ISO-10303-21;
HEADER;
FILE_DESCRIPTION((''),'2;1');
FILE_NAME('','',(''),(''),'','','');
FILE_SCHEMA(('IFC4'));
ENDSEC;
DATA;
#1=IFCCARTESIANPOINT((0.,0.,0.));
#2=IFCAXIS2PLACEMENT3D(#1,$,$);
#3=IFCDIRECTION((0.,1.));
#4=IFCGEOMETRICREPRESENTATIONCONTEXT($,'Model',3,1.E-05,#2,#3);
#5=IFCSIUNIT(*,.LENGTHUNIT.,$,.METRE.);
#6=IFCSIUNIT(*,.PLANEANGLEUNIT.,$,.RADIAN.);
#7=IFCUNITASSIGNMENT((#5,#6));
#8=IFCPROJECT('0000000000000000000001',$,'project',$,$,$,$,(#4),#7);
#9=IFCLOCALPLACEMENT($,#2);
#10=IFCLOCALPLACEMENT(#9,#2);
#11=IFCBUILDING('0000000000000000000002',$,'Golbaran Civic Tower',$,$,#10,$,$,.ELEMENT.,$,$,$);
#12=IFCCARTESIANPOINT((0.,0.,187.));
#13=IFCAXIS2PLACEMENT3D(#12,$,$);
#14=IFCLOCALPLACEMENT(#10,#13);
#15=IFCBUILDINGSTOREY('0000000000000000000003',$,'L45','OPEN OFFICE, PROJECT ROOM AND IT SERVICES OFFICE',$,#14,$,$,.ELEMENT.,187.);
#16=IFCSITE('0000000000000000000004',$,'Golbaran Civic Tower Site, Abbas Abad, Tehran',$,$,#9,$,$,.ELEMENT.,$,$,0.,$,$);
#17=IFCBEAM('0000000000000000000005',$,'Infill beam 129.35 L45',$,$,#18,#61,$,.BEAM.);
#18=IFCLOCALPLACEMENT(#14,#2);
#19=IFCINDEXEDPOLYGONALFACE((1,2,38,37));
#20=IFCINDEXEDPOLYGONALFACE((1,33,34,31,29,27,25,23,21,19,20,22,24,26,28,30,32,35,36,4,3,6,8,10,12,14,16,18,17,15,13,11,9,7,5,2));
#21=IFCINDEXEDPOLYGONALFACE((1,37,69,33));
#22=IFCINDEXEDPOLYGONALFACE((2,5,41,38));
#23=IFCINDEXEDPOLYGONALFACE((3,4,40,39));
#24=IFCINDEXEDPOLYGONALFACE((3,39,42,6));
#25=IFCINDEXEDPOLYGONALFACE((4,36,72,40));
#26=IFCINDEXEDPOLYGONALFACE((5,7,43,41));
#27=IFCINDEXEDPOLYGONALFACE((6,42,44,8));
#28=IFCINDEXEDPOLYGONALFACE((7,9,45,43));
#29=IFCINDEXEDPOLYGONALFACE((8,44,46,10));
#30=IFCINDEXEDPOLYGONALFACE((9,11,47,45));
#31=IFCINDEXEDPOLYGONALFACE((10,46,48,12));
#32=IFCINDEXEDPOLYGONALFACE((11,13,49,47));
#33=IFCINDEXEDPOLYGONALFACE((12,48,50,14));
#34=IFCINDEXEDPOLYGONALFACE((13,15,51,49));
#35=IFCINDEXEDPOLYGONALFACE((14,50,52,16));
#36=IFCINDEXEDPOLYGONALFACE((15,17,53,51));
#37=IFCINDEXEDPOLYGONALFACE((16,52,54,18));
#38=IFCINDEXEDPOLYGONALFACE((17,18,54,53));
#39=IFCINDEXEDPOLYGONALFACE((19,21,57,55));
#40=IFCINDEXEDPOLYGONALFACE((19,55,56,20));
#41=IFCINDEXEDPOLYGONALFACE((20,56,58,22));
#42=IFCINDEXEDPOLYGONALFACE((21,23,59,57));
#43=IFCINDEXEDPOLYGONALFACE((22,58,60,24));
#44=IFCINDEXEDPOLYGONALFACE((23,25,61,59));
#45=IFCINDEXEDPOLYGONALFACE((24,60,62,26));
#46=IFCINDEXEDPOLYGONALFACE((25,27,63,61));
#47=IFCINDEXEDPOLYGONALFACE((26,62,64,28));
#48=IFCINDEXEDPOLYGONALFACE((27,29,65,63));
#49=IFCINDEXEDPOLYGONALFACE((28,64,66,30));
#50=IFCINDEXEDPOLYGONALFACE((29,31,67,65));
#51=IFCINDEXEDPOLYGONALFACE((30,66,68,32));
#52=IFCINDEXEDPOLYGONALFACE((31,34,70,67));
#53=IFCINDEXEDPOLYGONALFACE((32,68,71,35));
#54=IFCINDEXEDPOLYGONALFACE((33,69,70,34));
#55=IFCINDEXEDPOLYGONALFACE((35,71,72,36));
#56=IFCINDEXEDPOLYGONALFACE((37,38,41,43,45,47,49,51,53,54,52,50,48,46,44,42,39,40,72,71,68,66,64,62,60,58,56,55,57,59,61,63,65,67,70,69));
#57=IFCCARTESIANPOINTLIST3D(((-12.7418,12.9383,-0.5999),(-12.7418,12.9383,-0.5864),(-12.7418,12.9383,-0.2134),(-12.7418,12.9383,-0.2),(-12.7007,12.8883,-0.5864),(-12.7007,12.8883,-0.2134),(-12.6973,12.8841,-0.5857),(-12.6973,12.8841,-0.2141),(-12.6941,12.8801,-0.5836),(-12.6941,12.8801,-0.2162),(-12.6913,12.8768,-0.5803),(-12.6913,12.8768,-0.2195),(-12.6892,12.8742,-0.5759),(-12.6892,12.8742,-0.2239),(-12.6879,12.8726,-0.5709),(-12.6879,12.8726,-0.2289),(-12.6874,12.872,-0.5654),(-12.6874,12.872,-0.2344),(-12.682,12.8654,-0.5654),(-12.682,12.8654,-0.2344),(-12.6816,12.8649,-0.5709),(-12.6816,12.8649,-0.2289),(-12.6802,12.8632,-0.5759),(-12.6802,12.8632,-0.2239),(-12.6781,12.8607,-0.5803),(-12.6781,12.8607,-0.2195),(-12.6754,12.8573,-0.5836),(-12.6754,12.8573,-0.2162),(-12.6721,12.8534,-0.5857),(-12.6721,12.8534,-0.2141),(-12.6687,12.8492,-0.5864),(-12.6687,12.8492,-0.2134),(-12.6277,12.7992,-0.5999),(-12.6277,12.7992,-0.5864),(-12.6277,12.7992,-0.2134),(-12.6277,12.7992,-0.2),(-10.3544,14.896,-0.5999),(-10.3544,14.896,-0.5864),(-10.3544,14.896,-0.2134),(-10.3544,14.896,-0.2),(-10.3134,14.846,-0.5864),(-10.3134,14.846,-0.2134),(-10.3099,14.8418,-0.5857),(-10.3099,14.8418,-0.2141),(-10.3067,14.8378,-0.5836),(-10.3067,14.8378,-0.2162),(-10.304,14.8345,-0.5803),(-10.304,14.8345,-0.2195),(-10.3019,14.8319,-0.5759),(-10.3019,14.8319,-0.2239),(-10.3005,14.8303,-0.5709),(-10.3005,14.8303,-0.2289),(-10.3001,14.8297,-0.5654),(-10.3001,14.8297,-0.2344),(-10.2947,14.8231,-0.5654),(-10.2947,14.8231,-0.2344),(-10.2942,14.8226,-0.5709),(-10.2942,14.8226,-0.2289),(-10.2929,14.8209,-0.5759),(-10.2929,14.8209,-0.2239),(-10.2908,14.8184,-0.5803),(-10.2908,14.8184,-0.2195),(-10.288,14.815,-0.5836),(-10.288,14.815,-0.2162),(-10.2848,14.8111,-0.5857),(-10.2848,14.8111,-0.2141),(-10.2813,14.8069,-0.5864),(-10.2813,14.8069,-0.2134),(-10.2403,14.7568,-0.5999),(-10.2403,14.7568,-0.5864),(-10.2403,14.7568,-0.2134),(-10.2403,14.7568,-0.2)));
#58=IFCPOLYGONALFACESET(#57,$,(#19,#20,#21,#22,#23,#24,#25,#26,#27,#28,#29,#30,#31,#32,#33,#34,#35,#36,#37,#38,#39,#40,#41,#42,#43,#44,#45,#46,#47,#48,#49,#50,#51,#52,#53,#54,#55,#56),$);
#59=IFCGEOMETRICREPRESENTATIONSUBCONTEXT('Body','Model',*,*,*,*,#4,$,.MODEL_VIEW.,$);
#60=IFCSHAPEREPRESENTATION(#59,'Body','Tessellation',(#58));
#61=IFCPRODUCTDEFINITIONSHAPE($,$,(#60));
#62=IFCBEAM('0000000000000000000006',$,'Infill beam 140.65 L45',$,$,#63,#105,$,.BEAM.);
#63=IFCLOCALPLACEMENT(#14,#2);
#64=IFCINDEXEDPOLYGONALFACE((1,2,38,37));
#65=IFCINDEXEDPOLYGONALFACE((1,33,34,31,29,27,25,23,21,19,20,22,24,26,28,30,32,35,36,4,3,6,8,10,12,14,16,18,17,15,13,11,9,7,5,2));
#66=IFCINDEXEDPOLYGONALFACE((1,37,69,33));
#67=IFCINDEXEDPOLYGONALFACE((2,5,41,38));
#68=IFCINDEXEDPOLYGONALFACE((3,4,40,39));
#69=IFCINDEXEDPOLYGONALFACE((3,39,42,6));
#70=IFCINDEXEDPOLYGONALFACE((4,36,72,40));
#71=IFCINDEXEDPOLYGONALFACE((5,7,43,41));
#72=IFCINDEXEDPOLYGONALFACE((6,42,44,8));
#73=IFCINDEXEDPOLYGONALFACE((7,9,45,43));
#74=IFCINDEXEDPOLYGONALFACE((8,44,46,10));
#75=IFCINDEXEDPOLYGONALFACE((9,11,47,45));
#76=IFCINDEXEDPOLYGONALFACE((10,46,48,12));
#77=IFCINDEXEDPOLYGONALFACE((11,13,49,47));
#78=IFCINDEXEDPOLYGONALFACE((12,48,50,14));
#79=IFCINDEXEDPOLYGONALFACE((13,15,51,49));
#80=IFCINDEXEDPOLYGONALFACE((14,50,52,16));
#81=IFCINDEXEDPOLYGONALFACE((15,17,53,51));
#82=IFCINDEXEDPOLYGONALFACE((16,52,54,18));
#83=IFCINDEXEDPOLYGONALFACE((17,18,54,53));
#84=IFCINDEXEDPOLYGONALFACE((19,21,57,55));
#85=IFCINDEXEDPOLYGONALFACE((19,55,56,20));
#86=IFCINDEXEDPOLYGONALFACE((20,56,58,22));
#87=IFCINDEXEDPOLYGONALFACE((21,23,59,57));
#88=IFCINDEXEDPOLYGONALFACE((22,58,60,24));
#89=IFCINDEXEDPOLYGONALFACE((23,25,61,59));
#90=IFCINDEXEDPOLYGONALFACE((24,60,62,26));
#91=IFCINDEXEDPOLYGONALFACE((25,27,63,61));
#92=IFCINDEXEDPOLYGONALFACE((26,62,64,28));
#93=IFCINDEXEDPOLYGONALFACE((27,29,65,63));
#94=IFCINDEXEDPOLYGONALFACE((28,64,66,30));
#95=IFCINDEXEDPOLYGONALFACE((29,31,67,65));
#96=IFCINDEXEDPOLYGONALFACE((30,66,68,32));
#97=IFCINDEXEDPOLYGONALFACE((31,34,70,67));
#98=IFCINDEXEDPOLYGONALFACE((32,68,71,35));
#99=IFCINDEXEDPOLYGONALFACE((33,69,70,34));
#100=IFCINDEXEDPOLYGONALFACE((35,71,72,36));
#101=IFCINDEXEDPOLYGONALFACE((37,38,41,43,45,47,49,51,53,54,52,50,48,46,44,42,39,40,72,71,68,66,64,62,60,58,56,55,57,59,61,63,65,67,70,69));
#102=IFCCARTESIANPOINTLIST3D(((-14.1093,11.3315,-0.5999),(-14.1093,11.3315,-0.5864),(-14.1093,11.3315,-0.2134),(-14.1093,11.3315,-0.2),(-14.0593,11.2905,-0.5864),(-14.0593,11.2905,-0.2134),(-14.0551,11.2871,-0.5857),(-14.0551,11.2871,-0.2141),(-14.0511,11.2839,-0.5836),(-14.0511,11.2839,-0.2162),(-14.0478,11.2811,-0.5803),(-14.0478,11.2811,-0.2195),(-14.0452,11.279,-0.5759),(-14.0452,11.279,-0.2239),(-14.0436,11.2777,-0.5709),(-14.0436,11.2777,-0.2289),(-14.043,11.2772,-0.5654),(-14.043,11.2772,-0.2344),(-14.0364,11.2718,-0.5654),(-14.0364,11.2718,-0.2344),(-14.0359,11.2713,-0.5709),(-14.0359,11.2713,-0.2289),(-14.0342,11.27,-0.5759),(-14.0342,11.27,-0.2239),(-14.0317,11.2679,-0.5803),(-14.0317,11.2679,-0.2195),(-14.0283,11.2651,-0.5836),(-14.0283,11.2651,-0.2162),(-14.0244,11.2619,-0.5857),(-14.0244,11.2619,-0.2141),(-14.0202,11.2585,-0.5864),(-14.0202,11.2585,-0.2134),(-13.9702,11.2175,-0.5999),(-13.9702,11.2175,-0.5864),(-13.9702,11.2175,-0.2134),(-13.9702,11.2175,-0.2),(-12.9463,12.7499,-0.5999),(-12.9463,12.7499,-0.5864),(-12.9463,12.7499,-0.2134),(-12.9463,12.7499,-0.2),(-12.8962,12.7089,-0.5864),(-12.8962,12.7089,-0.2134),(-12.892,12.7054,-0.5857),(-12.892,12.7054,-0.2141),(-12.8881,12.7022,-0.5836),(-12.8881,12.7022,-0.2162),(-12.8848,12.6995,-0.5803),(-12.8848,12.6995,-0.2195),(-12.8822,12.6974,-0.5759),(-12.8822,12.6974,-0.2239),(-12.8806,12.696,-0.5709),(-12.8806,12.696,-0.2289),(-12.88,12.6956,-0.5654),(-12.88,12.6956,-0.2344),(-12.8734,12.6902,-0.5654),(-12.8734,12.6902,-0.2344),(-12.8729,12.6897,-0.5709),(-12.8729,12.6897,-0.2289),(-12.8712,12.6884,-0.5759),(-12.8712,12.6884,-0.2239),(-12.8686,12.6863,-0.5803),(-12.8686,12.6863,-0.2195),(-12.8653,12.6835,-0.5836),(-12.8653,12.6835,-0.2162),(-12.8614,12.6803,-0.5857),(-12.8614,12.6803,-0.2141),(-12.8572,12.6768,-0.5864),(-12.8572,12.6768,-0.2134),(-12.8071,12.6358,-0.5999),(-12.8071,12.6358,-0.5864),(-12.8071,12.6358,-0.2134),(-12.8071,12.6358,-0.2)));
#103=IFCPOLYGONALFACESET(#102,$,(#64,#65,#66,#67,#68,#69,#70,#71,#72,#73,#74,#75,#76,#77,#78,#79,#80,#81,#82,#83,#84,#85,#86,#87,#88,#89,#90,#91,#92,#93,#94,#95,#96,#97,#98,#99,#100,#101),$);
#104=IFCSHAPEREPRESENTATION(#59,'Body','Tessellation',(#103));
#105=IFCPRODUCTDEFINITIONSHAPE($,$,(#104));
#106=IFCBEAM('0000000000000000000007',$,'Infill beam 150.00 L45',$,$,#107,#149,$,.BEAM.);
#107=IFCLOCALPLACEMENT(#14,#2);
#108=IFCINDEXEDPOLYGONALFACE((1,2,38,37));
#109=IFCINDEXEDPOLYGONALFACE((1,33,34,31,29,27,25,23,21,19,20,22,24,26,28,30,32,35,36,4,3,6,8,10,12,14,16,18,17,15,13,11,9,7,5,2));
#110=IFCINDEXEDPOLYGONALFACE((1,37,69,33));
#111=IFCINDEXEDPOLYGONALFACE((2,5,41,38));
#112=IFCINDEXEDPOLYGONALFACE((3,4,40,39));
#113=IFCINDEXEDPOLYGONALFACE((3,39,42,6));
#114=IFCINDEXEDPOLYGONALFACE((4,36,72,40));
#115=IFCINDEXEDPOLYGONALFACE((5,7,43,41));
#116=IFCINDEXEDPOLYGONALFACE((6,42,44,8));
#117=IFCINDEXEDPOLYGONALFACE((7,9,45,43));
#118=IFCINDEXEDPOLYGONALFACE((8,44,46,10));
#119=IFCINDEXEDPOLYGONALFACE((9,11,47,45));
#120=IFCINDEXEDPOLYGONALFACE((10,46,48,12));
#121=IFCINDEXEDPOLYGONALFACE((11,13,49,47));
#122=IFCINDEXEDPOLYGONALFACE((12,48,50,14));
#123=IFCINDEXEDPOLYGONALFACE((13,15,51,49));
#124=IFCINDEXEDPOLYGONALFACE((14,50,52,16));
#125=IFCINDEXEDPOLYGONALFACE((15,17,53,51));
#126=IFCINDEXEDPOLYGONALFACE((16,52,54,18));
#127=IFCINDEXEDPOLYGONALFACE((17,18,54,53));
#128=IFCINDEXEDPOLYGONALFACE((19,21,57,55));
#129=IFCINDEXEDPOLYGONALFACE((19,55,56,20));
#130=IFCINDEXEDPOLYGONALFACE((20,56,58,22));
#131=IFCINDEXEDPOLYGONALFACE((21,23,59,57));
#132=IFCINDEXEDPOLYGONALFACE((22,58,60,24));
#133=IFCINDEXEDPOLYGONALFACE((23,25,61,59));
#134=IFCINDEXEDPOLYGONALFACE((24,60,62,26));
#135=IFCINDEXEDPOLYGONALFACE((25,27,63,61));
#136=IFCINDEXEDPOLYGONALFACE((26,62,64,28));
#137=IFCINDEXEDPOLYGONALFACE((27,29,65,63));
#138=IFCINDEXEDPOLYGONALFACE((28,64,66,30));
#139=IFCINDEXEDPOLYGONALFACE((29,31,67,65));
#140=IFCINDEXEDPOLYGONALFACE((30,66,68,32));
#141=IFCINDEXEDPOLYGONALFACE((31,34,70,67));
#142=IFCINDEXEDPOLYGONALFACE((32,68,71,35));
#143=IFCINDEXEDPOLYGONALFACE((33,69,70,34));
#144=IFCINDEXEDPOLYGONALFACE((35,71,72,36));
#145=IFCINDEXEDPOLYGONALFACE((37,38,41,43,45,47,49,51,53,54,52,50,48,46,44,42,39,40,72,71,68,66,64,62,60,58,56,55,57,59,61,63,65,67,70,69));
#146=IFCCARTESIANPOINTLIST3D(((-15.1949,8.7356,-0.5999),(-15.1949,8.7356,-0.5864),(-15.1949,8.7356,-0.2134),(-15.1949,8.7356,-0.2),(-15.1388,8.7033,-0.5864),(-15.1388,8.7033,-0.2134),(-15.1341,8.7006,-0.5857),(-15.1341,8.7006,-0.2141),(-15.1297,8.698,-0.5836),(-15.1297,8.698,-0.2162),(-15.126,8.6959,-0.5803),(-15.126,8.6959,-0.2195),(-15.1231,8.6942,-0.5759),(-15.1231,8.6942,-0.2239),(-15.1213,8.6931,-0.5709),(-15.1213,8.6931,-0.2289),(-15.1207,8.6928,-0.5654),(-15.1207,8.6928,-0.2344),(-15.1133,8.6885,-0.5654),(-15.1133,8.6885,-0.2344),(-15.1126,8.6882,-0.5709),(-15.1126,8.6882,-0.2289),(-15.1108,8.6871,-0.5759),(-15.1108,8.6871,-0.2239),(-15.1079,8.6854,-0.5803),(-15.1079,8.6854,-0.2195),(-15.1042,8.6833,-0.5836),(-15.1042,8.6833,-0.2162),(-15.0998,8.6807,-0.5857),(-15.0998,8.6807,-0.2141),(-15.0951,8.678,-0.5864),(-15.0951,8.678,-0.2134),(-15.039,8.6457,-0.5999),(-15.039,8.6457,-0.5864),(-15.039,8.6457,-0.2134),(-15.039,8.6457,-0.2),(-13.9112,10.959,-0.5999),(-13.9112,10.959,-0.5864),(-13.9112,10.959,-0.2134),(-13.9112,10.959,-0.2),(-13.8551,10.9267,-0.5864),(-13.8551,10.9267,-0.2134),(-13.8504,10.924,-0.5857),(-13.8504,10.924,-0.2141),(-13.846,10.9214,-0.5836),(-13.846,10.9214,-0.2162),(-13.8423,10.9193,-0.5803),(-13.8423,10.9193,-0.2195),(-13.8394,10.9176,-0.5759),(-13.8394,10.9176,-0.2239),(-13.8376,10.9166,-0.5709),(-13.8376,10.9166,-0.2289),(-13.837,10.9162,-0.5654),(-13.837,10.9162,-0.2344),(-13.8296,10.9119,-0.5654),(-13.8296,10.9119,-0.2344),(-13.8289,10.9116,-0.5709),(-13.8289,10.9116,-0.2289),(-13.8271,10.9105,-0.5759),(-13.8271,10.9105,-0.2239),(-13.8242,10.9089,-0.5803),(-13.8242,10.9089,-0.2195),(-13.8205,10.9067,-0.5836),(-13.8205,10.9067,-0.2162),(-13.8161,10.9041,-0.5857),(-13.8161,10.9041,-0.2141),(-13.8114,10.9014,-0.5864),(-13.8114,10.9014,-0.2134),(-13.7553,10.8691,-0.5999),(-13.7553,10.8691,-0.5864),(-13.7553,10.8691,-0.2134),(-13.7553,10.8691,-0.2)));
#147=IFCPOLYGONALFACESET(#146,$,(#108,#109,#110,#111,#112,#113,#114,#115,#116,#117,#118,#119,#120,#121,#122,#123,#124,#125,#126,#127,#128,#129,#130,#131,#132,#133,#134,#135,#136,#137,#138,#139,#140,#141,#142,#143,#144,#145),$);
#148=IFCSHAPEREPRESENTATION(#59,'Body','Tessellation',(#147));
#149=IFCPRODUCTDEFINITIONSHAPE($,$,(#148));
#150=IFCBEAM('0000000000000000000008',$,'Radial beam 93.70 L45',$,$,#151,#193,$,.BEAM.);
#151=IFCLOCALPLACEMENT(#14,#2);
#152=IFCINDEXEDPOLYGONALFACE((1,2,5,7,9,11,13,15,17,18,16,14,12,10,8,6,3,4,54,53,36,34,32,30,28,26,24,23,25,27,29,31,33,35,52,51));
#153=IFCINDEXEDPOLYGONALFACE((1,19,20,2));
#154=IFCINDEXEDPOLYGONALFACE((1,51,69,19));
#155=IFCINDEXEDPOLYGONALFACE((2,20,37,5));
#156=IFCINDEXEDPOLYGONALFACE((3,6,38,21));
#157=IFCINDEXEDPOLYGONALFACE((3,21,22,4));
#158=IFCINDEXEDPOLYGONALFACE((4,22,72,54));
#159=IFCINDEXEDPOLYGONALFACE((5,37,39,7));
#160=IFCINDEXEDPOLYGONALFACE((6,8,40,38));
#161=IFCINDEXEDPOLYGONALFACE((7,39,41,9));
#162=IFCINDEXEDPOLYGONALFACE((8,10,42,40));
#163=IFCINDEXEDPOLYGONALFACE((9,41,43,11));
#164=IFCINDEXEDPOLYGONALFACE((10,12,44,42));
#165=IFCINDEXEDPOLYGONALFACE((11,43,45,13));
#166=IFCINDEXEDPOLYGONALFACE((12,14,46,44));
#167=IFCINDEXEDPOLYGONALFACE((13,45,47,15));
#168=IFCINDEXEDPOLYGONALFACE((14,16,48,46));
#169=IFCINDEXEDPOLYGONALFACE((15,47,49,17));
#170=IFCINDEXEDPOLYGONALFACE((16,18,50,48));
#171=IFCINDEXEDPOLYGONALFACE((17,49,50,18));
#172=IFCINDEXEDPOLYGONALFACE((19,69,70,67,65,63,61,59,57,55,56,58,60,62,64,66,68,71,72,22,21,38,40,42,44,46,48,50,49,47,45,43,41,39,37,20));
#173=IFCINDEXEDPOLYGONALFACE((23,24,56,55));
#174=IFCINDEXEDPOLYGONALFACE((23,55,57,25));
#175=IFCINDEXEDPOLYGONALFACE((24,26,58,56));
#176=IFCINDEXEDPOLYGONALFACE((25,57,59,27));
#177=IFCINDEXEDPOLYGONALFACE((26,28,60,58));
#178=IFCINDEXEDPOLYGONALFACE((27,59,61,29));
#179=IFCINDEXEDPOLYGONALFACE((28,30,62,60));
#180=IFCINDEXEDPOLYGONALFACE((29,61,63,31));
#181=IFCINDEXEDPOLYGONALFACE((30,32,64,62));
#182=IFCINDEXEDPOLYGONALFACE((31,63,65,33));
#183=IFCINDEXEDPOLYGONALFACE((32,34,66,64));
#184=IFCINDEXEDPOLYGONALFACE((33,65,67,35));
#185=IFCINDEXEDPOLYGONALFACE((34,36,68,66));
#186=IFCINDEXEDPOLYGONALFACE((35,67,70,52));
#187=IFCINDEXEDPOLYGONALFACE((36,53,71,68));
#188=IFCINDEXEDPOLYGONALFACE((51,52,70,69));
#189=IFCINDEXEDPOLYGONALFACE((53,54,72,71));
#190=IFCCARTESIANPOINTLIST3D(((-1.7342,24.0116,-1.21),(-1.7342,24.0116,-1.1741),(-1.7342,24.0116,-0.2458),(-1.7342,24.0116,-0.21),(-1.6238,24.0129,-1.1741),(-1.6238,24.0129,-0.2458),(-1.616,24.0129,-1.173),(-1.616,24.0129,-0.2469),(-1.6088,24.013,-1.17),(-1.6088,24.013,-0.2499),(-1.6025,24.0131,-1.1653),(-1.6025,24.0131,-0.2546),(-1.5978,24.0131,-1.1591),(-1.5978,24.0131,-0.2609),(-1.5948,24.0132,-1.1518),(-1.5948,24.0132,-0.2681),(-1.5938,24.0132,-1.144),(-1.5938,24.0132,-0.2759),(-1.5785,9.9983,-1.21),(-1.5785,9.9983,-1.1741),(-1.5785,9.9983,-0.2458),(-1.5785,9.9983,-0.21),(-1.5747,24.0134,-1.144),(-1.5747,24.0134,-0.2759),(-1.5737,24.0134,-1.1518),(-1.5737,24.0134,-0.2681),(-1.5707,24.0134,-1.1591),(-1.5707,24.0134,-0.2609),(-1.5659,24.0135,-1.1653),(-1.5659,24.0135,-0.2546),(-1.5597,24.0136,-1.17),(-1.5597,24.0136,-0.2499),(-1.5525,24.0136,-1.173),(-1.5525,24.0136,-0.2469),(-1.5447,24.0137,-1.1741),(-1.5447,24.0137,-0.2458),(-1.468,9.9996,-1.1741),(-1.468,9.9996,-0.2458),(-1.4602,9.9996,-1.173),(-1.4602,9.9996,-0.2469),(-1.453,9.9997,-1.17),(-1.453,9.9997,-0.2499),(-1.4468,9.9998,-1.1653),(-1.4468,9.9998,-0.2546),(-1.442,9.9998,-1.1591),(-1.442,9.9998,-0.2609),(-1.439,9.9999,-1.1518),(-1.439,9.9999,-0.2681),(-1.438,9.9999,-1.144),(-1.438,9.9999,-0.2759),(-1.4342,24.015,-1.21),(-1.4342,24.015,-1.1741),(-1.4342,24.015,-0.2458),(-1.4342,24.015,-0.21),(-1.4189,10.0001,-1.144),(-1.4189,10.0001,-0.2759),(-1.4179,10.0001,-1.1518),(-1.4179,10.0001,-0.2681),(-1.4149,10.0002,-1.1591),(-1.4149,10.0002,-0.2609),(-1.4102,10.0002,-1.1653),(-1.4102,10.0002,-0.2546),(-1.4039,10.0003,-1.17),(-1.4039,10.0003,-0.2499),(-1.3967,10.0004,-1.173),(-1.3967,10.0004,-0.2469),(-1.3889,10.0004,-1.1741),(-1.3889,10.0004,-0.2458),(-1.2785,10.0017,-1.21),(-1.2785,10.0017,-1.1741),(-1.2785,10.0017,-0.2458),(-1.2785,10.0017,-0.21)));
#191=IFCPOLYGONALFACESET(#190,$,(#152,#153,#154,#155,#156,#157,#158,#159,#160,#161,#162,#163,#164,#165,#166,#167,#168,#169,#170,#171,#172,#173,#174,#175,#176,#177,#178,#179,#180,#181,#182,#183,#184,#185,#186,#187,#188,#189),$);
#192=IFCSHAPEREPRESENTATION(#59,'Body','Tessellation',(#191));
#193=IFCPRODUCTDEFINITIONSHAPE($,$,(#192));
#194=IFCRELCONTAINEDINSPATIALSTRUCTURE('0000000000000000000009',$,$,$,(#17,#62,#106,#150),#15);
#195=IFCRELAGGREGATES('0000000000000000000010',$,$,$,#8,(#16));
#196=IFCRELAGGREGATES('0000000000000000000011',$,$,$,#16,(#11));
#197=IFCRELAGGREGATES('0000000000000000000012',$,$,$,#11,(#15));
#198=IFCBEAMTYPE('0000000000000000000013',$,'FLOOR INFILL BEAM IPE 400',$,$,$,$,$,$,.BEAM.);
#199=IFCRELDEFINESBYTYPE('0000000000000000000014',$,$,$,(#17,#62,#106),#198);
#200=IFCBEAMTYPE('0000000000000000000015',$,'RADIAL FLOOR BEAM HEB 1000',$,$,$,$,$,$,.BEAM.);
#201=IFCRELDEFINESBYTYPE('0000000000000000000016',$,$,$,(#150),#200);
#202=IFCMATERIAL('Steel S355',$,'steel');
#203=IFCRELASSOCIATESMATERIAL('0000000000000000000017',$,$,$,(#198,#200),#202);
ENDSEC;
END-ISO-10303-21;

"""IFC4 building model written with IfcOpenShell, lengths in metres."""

from ifc_helpers import new_model, si_unit, direction, frame, origin, origin_2d, place, context, subcontext, project, spatial, i_section, extrude, material, material_profile, profile_set, type_object, element, save


model = new_model("IFC4")

# Units and contexts
model_context = context("Model", 3, precision=1e-05, world=origin(), true_north=direction((0.0, 1.0)))
body_context = subcontext(model_context, "Body", "Model", "MODEL_VIEW")
ifc_project = project(units=[si_unit("LENGTHUNIT", "METRE"), si_unit("PLANEANGLEUNIT", "RADIAN")], contexts=[model_context])

# Site, building, storey
site_placement = place(None, origin())
site = spatial("IfcSite", under=ifc_project, at=site_placement, Name="Golbaran Civic Tower Site, Abbas Abad, Tehran", CompositionType="ELEMENT", RefElevation=0.0)
building_placement = place(site_placement, origin())
building = spatial("IfcBuilding", under=site, at=building_placement, Name="Golbaran Civic Tower", CompositionType="ELEMENT")
storey_placement = place(building_placement, frame((0.0, 0.0, 187.0)))
storey = spatial("IfcBuildingStorey", under=building, at=storey_placement, Name="L45", Description="OPEN OFFICE, PROJECT ROOM AND IT SERVICES OFFICE", CompositionType="ELEMENT", Elevation=187.0)

# Beams
ifc_material_1 = material(Name="Steel S355", Category="steel")
ifc_material_profile_1 = material_profile(ifc_material_1, i_section(OverallWidth=0.1799, OverallDepth=0.3999, WebThickness=0.0085, FlangeThickness=0.0134, FilletRadius=0.021, at=origin_2d()), Name="IPE 400")
ifc_profile_set_1 = profile_set([ifc_material_profile_1], Name="Steel S355")
beam_type_1 = type_object("IfcBeamType", Name="FLOOR INFILL BEAM IPE 400", PredefinedType="BEAM", material=ifc_profile_set_1)
beam_1_placement = place(storey_placement, frame((-10.2974, 14.8264, -0.3999), z_axis=(-0.773259, -0.63409, 0.0), x_axis=(0.63409, -0.773259, 0.0)))
element("IfcBeam", 1, at=beam_1_placement, inside=storey, type_object=beam_type_1, Name="Infill beam 129.35 L45", PredefinedType="BEAM", context=body_context, shape_type="SweptSolid", body=[
    extrude(i_section(OverallWidth=0.1799, OverallDepth=0.3999, WebThickness=0.0085, FlangeThickness=0.0134, FilletRadius=0.021, at=origin_2d()), origin(), (0.0, 0.0, 1.0), 3.0874),
])
beam_2_placement = place(storey_placement, frame((-12.8767, 12.6929, -0.3999), z_axis=(-0.634064, -0.773281, 0.0), x_axis=(0.773281, -0.634064, 0.0)))
element("IfcBeam", 2, at=beam_2_placement, inside=storey, type_object=beam_type_1, Name="Infill beam 140.65 L45", PredefinedType="BEAM", context=body_context, shape_type="SweptSolid", body=[
    extrude(i_section(OverallWidth=0.1799, OverallDepth=0.3999, WebThickness=0.0085, FlangeThickness=0.0134, FilletRadius=0.021, at=origin_2d()), origin(), (0.0, 0.0, 1.0), 1.8342),
])
beam_3_placement = place(storey_placement, frame((-13.8333, 10.9141, -0.3999), z_axis=(-0.500005, -0.866022, 0.0), x_axis=(0.866022, -0.500005, 0.0)))
element("IfcBeam", 3, at=beam_3_placement, inside=storey, type_object=beam_type_1, Name="Infill beam 150.00 L45", PredefinedType="BEAM", context=body_context, shape_type="SweptSolid", body=[
    extrude(i_section(OverallWidth=0.1799, OverallDepth=0.3999, WebThickness=0.0085, FlangeThickness=0.0134, FilletRadius=0.021, at=origin_2d()), origin(), (0.0, 0.0, 1.0), 2.5674),
])
ifc_material_profile_2 = material_profile(ifc_material_1, i_section(OverallWidth=0.3, OverallDepth=1.0, WebThickness=0.019, FlangeThickness=0.0359, FilletRadius=0.03, at=origin_2d()), Name="HEB 1000")
ifc_profile_set_2 = profile_set([ifc_material_profile_2], Name="Steel S355")
beam_type_2 = type_object("IfcBeamType", Name="RADIAL FLOOR BEAM HEB 1000", PredefinedType="BEAM", material=ifc_profile_set_2)
beam_4_placement = place(storey_placement, frame((-1.4285, 10.0, -0.71), z_axis=(-0.011115, 0.999938, 0.0), x_axis=(-0.999938, -0.011115, 0.0)))
element("IfcBeam", 4, at=beam_4_placement, inside=storey, type_object=beam_type_2, Name="Radial beam 93.70 L45", PredefinedType="BEAM", context=body_context, shape_type="SweptSolid", body=[
    extrude(i_section(OverallWidth=0.3, OverallDepth=1.0, WebThickness=0.019, FlangeThickness=0.0359, FilletRadius=0.03, at=origin_2d()), origin(), (0.0, 0.0, 1.0), 14.0142),
])

save(model, "model.ifc")
